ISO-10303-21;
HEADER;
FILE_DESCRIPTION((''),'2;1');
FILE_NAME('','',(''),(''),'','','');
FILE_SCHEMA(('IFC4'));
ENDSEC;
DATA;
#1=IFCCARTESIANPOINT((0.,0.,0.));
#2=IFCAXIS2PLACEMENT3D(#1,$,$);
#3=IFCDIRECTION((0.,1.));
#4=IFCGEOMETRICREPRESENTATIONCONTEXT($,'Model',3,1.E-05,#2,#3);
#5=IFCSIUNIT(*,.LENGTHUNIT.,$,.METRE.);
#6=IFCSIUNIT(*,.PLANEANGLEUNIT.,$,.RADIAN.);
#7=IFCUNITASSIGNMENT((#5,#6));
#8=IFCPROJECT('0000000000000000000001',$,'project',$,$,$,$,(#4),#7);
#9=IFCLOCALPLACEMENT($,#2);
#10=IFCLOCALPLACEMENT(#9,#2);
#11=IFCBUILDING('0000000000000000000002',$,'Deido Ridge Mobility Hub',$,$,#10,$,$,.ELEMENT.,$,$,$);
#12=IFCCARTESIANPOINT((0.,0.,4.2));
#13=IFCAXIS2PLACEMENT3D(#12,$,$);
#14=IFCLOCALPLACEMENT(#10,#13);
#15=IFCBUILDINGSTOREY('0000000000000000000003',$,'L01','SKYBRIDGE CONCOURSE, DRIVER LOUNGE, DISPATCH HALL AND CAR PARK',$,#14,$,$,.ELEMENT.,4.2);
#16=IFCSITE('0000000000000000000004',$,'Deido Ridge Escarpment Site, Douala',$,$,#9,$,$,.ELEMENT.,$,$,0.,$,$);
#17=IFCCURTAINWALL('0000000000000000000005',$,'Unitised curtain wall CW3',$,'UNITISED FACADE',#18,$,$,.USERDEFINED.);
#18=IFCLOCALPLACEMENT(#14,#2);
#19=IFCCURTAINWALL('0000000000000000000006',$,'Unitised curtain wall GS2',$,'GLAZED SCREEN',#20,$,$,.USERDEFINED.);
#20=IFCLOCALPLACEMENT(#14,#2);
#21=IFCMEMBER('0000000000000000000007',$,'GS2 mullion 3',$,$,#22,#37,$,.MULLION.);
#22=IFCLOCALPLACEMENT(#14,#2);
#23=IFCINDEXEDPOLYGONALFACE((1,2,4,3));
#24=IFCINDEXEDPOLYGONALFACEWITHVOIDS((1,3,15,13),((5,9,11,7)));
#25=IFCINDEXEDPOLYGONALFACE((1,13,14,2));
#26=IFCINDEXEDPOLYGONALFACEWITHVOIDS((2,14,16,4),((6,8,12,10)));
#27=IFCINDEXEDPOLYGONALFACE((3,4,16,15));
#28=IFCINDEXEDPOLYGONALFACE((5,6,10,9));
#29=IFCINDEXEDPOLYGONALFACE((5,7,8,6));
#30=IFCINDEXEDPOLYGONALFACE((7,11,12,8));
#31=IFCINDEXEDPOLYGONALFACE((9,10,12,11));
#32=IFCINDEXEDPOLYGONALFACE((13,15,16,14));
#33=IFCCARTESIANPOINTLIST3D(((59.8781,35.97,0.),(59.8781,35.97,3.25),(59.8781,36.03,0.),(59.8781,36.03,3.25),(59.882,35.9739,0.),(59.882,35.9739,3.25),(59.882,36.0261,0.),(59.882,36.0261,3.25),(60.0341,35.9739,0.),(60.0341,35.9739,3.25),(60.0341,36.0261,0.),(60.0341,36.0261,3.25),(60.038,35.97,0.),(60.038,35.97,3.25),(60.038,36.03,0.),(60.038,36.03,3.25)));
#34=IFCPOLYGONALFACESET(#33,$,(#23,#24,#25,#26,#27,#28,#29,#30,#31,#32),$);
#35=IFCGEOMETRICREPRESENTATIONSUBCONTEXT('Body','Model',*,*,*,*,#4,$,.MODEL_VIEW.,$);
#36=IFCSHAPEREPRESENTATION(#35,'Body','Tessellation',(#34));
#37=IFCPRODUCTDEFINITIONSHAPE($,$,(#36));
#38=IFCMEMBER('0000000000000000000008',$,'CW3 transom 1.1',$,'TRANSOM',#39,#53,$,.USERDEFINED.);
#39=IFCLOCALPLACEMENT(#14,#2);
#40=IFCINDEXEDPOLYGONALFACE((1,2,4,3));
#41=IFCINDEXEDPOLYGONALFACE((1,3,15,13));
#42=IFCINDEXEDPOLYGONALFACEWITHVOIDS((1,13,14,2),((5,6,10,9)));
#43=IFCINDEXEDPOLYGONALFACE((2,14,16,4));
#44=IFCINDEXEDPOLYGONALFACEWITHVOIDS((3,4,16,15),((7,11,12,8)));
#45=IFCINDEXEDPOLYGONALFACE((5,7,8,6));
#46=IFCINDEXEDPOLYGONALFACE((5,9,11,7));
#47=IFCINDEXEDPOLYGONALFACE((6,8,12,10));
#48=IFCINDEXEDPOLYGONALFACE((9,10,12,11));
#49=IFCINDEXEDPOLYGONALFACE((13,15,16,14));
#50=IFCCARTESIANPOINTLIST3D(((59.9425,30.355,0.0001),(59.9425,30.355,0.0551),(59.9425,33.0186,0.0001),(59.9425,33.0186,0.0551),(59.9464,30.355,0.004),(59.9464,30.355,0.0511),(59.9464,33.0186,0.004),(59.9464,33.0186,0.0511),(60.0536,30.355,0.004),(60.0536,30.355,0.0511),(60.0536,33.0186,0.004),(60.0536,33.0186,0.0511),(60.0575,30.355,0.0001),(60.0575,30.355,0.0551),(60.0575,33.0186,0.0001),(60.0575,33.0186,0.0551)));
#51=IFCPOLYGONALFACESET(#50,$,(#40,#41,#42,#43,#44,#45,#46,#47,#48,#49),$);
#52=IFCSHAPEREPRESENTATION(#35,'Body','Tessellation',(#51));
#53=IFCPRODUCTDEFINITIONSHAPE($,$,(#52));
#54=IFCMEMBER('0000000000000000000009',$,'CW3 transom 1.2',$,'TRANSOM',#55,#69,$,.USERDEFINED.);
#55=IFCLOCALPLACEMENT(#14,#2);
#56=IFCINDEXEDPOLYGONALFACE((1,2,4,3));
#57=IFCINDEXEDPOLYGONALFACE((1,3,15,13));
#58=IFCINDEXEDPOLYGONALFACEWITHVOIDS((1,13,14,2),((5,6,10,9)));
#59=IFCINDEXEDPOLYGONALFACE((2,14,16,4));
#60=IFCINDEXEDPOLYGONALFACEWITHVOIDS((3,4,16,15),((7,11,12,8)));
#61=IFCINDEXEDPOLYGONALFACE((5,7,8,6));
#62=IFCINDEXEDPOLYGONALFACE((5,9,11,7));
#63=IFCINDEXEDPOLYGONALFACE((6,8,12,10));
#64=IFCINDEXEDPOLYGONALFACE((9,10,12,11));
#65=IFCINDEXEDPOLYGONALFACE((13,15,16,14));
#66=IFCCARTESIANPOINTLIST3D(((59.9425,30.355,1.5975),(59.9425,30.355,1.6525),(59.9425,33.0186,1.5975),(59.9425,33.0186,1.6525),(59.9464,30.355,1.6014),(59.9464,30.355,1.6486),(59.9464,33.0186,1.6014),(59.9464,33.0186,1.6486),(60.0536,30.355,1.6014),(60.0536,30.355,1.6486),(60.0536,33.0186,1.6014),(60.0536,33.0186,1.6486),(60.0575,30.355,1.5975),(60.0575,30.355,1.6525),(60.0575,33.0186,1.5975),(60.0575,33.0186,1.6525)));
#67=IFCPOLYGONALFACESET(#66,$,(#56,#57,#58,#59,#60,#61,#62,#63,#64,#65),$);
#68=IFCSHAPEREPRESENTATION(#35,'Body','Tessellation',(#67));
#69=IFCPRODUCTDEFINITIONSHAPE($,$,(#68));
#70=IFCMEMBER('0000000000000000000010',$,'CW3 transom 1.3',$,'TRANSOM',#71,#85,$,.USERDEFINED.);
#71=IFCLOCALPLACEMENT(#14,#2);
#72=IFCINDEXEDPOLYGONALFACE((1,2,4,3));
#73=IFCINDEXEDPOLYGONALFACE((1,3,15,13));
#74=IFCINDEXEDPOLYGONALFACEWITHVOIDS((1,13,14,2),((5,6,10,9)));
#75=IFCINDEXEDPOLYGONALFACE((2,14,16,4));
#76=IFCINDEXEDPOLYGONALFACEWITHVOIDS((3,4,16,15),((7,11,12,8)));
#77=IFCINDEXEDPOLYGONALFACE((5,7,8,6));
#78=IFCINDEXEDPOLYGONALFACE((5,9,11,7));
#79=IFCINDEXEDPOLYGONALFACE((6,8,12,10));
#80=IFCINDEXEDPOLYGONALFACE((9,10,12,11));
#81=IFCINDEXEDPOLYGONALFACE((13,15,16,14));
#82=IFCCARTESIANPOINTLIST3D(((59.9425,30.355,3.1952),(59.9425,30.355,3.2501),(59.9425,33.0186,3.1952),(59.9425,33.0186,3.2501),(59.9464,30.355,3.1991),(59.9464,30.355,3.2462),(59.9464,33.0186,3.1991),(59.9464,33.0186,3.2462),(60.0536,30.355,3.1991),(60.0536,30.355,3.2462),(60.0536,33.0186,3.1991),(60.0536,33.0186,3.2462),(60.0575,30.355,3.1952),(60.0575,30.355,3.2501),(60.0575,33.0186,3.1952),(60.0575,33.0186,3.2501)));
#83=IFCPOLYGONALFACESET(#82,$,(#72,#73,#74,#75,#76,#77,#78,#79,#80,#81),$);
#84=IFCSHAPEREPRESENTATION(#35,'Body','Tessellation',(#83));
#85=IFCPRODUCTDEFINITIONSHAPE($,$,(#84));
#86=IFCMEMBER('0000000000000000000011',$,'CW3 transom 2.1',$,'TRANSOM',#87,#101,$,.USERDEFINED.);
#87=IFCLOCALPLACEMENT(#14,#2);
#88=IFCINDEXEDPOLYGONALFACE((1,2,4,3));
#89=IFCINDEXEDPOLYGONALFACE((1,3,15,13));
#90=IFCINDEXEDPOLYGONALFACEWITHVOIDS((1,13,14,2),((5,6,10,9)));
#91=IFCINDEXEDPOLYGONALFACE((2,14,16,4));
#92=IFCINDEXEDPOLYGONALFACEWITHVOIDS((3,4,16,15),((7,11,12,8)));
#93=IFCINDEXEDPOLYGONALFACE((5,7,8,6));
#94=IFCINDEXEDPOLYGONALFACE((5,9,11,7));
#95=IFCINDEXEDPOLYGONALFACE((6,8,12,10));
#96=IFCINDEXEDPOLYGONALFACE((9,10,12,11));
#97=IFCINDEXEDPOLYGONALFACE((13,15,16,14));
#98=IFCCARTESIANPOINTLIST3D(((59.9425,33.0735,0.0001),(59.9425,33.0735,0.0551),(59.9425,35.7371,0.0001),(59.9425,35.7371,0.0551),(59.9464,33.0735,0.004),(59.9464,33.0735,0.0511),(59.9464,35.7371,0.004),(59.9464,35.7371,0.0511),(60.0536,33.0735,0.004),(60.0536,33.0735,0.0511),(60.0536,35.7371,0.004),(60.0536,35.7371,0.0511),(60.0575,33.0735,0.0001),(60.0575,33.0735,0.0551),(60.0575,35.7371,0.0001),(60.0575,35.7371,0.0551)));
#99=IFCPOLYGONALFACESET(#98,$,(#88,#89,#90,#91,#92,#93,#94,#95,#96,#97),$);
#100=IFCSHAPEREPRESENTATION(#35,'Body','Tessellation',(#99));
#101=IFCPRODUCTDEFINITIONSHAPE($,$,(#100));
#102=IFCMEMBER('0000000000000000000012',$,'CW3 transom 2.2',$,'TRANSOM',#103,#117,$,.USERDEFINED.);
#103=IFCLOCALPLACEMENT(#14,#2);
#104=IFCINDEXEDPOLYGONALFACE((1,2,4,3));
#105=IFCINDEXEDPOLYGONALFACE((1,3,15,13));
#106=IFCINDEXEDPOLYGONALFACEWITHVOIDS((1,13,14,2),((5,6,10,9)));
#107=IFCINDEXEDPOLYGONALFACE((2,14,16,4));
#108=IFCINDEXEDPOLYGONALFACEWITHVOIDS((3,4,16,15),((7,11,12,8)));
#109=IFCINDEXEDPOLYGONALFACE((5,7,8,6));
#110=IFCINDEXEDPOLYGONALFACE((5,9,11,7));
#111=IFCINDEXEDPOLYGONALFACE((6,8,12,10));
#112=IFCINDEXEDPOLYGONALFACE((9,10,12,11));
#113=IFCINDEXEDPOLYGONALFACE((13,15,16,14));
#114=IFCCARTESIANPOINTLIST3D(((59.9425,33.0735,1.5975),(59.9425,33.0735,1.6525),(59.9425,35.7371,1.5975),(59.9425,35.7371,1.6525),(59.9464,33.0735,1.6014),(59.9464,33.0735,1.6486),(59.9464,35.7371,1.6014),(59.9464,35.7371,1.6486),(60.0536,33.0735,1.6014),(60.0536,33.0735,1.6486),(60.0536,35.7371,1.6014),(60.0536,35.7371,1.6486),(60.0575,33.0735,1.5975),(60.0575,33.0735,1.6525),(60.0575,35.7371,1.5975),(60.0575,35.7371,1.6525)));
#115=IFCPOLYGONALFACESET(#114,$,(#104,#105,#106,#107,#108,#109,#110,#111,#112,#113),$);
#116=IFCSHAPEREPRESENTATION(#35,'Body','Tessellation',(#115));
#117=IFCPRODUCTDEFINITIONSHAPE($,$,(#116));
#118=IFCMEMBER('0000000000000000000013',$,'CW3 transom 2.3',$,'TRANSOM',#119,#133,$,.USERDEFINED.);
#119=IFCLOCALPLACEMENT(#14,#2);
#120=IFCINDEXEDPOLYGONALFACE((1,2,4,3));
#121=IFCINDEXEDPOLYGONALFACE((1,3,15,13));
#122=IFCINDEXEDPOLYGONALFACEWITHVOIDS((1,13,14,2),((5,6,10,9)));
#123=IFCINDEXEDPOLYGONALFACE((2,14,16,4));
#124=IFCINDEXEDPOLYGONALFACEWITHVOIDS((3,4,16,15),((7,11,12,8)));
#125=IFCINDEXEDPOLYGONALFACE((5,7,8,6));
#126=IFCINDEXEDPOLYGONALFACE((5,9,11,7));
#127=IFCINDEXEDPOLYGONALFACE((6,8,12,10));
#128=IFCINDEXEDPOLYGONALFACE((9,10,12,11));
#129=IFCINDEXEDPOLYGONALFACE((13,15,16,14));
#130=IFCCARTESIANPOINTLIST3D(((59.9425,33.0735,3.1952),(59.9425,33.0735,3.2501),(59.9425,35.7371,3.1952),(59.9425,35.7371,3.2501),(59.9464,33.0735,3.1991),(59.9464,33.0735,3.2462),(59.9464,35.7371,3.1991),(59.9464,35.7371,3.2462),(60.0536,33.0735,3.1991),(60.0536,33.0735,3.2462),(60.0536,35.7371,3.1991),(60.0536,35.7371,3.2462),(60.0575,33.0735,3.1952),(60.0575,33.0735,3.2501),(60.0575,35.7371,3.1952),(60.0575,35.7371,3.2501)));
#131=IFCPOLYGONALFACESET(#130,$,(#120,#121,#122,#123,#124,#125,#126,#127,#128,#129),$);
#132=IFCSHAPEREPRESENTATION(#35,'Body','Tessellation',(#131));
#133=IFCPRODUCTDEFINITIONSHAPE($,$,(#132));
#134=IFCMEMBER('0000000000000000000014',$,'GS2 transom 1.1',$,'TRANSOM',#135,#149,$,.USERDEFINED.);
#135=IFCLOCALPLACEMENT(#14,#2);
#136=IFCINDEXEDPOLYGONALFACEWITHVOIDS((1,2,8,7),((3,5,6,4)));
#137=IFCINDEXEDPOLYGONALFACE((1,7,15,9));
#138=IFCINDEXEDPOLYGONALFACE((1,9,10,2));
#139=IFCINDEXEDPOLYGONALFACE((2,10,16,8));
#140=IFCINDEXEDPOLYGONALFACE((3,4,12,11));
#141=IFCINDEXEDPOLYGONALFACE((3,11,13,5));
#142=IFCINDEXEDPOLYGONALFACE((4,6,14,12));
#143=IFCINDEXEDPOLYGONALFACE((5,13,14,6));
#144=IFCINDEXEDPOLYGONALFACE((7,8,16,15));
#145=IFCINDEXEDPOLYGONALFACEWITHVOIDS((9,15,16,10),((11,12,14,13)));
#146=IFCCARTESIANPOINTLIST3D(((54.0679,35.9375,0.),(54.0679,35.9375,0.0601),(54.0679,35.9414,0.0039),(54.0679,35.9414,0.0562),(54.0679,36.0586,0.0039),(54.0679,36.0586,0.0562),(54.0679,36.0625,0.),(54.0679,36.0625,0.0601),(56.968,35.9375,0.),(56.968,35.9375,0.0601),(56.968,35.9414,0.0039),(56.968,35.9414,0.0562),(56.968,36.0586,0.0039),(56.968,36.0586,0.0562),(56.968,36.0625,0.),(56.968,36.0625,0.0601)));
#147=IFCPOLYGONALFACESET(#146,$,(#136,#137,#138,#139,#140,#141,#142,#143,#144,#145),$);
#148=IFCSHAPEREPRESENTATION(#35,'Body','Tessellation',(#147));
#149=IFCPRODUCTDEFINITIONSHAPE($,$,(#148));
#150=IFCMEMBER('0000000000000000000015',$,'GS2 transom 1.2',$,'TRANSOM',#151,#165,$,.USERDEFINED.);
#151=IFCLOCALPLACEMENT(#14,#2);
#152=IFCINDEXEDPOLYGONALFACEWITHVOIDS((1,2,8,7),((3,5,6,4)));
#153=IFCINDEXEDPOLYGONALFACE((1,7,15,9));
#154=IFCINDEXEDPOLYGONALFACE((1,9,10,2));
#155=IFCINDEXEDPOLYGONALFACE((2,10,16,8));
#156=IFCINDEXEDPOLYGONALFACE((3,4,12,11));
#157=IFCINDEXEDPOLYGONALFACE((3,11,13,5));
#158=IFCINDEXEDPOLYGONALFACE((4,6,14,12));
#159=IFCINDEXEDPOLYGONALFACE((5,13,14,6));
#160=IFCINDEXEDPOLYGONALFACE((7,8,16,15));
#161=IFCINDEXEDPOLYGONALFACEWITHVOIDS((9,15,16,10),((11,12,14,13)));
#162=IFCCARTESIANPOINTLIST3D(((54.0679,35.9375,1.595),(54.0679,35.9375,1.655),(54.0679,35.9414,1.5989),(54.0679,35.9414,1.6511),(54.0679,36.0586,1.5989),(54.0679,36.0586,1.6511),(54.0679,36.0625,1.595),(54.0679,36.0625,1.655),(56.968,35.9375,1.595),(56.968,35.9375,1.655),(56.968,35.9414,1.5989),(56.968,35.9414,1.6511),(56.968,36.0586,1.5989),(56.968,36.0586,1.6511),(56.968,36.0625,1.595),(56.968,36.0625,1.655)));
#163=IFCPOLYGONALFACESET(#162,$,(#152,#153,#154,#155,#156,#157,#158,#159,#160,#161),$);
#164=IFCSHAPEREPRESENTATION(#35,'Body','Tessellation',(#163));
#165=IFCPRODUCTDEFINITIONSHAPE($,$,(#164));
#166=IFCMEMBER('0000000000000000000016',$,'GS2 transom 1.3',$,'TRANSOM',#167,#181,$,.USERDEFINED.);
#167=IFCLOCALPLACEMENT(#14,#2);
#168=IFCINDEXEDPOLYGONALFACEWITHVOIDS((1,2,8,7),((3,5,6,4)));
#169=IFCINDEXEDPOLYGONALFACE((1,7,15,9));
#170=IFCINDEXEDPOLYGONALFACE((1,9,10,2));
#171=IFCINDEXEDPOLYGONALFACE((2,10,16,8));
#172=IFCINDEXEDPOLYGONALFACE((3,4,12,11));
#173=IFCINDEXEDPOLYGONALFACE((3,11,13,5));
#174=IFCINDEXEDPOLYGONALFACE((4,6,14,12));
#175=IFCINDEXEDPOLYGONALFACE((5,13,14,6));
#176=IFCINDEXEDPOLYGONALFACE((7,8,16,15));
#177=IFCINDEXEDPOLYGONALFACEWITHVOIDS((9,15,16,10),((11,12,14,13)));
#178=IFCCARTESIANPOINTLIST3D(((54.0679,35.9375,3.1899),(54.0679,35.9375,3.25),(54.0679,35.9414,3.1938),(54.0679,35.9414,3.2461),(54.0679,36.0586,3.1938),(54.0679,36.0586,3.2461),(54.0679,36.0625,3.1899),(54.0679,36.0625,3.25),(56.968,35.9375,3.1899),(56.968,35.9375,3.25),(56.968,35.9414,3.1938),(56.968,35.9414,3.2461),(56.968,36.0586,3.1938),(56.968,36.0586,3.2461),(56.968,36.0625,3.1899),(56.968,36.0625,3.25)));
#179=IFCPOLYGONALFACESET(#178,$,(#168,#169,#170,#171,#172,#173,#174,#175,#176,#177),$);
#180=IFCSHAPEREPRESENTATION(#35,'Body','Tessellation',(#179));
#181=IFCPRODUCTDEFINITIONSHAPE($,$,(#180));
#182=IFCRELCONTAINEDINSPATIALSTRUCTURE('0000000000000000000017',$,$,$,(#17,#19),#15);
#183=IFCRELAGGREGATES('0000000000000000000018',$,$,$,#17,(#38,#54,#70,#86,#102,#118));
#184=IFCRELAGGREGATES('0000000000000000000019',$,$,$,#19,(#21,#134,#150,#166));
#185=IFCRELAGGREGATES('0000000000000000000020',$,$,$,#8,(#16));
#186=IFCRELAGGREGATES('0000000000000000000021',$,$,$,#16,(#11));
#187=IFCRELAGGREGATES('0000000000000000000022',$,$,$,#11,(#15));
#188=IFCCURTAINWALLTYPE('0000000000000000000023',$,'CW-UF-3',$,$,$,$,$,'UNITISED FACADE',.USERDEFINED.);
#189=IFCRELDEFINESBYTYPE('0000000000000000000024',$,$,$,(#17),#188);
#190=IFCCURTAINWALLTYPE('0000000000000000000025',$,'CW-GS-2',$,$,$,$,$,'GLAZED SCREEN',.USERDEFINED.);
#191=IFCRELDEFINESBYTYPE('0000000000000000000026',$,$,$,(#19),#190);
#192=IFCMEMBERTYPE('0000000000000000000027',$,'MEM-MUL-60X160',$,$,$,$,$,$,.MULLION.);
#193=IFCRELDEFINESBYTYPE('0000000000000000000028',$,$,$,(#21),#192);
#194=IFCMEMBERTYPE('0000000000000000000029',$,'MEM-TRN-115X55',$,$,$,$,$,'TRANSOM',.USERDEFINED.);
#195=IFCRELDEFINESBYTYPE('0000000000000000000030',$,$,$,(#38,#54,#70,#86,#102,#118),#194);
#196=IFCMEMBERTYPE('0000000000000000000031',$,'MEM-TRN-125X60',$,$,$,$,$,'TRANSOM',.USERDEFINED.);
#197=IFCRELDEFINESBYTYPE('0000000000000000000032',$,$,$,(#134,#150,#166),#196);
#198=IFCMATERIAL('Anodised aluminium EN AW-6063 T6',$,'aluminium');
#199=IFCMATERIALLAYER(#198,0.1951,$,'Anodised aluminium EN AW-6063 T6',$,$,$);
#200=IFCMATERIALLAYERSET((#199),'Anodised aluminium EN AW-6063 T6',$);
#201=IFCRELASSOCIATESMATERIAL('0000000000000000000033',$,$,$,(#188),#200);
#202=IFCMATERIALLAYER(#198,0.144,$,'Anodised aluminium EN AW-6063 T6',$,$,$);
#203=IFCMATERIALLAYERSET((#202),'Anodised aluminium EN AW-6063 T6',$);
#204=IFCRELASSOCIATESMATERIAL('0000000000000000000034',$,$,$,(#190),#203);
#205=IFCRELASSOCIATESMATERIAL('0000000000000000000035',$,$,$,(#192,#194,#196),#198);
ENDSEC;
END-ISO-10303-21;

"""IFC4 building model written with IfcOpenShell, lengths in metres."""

from ifc_helpers import new_model, si_unit, direction, frame, origin, origin_2d, place, context, subcontext, project, spatial, hollow_rectangle, extrude, material, layer, layer_set, material_profile, profile_set, type_object, element, aggregate, save


model = new_model("IFC4")

# Units and contexts
model_context = context("Model", 3, precision=1e-05, world=origin(), true_north=direction((0.0, 1.0)))
body_context = subcontext(model_context, "Body", "Model", "MODEL_VIEW")
ifc_project = project(units=[si_unit("LENGTHUNIT", "METRE"), si_unit("PLANEANGLEUNIT", "RADIAN")], contexts=[model_context])

# Site, building, storey
site_placement = place(None, origin())
site = spatial("IfcSite", under=ifc_project, at=site_placement, Name="Deido Ridge Escarpment Site, Douala", CompositionType="ELEMENT", RefElevation=0.0)
building_placement = place(site_placement, origin())
building = spatial("IfcBuilding", under=site, at=building_placement, Name="Deido Ridge Mobility Hub", CompositionType="ELEMENT")
storey_placement = place(building_placement, frame((0.0, 0.0, 4.2)))
storey = spatial("IfcBuildingStorey", under=building, at=storey_placement, Name="L01", Description="SKYBRIDGE CONCOURSE, DRIVER LOUNGE, DISPATCH HALL AND CAR PARK", CompositionType="ELEMENT", Elevation=4.2)

# Curtain walls, member
ifc_material_1 = material(Name="Anodised aluminium EN AW-6063 T6", Category="aluminium")
ifc_layer_1 = layer(ifc_material_1, 0.1951, Name="Anodised aluminium EN AW-6063 T6")
ifc_layer_set_1 = layer_set([ifc_layer_1], Name="Anodised aluminium EN AW-6063 T6")
curtain_wall_type_1 = type_object("IfcCurtainWallType", Name="CW-UF-3", ElementType="UNITISED FACADE", PredefinedType="USERDEFINED", material=ifc_layer_set_1)
curtain_wall_1_placement = place(storey_placement, origin())
curtain_wall_1 = element("IfcCurtainWall", 1, at=curtain_wall_1_placement, inside=storey, type_object=curtain_wall_type_1, Name="Unitised curtain wall CW3", ObjectType="UNITISED FACADE", PredefinedType="USERDEFINED")
ifc_layer_2 = layer(ifc_material_1, 0.144, Name="Anodised aluminium EN AW-6063 T6")
ifc_layer_set_2 = layer_set([ifc_layer_2], Name="Anodised aluminium EN AW-6063 T6")
curtain_wall_type_2 = type_object("IfcCurtainWallType", Name="CW-GS-2", ElementType="GLAZED SCREEN", PredefinedType="USERDEFINED", material=ifc_layer_set_2)
curtain_wall_2_placement = place(storey_placement, origin())
curtain_wall_2 = element("IfcCurtainWall", 2, at=curtain_wall_2_placement, inside=storey, type_object=curtain_wall_type_2, Name="Unitised curtain wall GS2", ObjectType="GLAZED SCREEN", PredefinedType="USERDEFINED")
ifc_material_profile_1 = material_profile(ifc_material_1, hollow_rectangle(XDim=0.0601, YDim=0.1599, WallThickness=0.0039, at=origin_2d()), Name="RHS 60x160x4")
ifc_profile_set_1 = profile_set([ifc_material_profile_1], Name="Anodised aluminium EN AW-6063 T6")
member_type_1 = type_object("IfcMemberType", Name="MEM-MUL-60X160", PredefinedType="MULLION", material=ifc_profile_set_1)
member_1_placement = place(storey_placement, frame((59.958, 36.0, 0.0), z_axis=(0.0, 0.0, 1.0), x_axis=(0.0, 1.0, 0.0)))
member_1 = element("IfcMember", 3, at=member_1_placement, type_object=member_type_1, Name="GS2 mullion 3", PredefinedType="MULLION", context=body_context, shape_type="SweptSolid", body=[
    extrude(hollow_rectangle(XDim=0.0601, YDim=0.1599, WallThickness=0.0039, at=origin_2d()), origin(), (0.0, 0.0, 1.0), 3.25),
])

# Members
ifc_material_profile_2 = material_profile(ifc_material_1, hollow_rectangle(XDim=0.115, YDim=0.0549, WallThickness=0.0039, at=origin_2d()), Name="RHS 115x55x4")
ifc_profile_set_2 = profile_set([ifc_material_profile_2], Name="Anodised aluminium EN AW-6063 T6")
member_type_2 = type_object("IfcMemberType", Name="MEM-TRN-115X55", ElementType="TRANSOM", PredefinedType="USERDEFINED", material=ifc_profile_set_2)
member_2_placement = place(storey_placement, frame((60.0, 30.355, 0.0276), z_axis=(0.0, 1.0, 0.0), x_axis=(-1.0, 0.0, 0.0)))
member_2 = element("IfcMember", 4, at=member_2_placement, type_object=member_type_2, Name="CW3 transom 1.1", ObjectType="TRANSOM", PredefinedType="USERDEFINED", context=body_context, shape_type="SweptSolid", body=[
    extrude(hollow_rectangle(XDim=0.115, YDim=0.0549, WallThickness=0.0039, at=origin_2d()), origin(), (0.0, 0.0, 1.0), 2.6636),
])
member_3_placement = place(storey_placement, frame((60.0, 30.355, 1.625), z_axis=(0.0, 1.0, 0.0), x_axis=(-1.0, 0.0, 0.0)))
member_3 = element("IfcMember", 5, at=member_3_placement, type_object=member_type_2, Name="CW3 transom 1.2", ObjectType="TRANSOM", PredefinedType="USERDEFINED", context=body_context, shape_type="SweptSolid", body=[
    extrude(hollow_rectangle(XDim=0.115, YDim=0.0549, WallThickness=0.0039, at=origin_2d()), origin(), (0.0, 0.0, 1.0), 2.6636),
])
member_4_placement = place(storey_placement, frame((60.0, 30.355, 3.2227), z_axis=(0.0, 1.0, 0.0), x_axis=(-1.0, 0.0, 0.0)))
member_4 = element("IfcMember", 6, at=member_4_placement, type_object=member_type_2, Name="CW3 transom 1.3", ObjectType="TRANSOM", PredefinedType="USERDEFINED", context=body_context, shape_type="SweptSolid", body=[
    extrude(hollow_rectangle(XDim=0.115, YDim=0.0549, WallThickness=0.0039, at=origin_2d()), origin(), (0.0, 0.0, 1.0), 2.6636),
])
member_5_placement = place(storey_placement, frame((60.0, 33.0735, 0.0276), z_axis=(0.0, 1.0, 0.0), x_axis=(-1.0, 0.0, 0.0)))
member_5 = element("IfcMember", 7, at=member_5_placement, type_object=member_type_2, Name="CW3 transom 2.1", ObjectType="TRANSOM", PredefinedType="USERDEFINED", context=body_context, shape_type="SweptSolid", body=[
    extrude(hollow_rectangle(XDim=0.115, YDim=0.0549, WallThickness=0.0039, at=origin_2d()), origin(), (0.0, 0.0, 1.0), 2.6636),
])
member_6_placement = place(storey_placement, frame((60.0, 33.0735, 1.625), z_axis=(0.0, 1.0, 0.0), x_axis=(-1.0, 0.0, 0.0)))
member_6 = element("IfcMember", 8, at=member_6_placement, type_object=member_type_2, Name="CW3 transom 2.2", ObjectType="TRANSOM", PredefinedType="USERDEFINED", context=body_context, shape_type="SweptSolid", body=[
    extrude(hollow_rectangle(XDim=0.115, YDim=0.0549, WallThickness=0.0039, at=origin_2d()), origin(), (0.0, 0.0, 1.0), 2.6636),
])
member_7_placement = place(storey_placement, frame((60.0, 33.0735, 3.2227), z_axis=(0.0, 1.0, 0.0), x_axis=(-1.0, 0.0, 0.0)))
member_7 = element("IfcMember", 9, at=member_7_placement, type_object=member_type_2, Name="CW3 transom 2.3", ObjectType="TRANSOM", PredefinedType="USERDEFINED", context=body_context, shape_type="SweptSolid", body=[
    extrude(hollow_rectangle(XDim=0.115, YDim=0.0549, WallThickness=0.0039, at=origin_2d()), origin(), (0.0, 0.0, 1.0), 2.6636),
])
ifc_material_profile_3 = material_profile(ifc_material_1, hollow_rectangle(XDim=0.125, YDim=0.0601, WallThickness=0.0039, at=origin_2d()), Name="RHS 125x60x4")
ifc_profile_set_3 = profile_set([ifc_material_profile_3], Name="Anodised aluminium EN AW-6063 T6")
member_type_3 = type_object("IfcMemberType", Name="MEM-TRN-125X60", ElementType="TRANSOM", PredefinedType="USERDEFINED", material=ifc_profile_set_3)
member_8_placement = place(storey_placement, frame((54.0679, 36.0, 0.03), z_axis=(1.0, 0.0, 0.0), x_axis=(0.0, 1.0, 0.0)))
member_8 = element("IfcMember", 10, at=member_8_placement, type_object=member_type_3, Name="GS2 transom 1.1", ObjectType="TRANSOM", PredefinedType="USERDEFINED", context=body_context, shape_type="SweptSolid", body=[
    extrude(hollow_rectangle(XDim=0.125, YDim=0.0601, WallThickness=0.0039, at=origin_2d()), origin(), (0.0, 0.0, 1.0), 2.9001),
])
member_9_placement = place(storey_placement, frame((54.0679, 36.0, 1.625), z_axis=(1.0, 0.0, 0.0), x_axis=(0.0, 1.0, 0.0)))
member_9 = element("IfcMember", 11, at=member_9_placement, type_object=member_type_3, Name="GS2 transom 1.2", ObjectType="TRANSOM", PredefinedType="USERDEFINED", context=body_context, shape_type="SweptSolid", body=[
    extrude(hollow_rectangle(XDim=0.125, YDim=0.0601, WallThickness=0.0039, at=origin_2d()), origin(), (0.0, 0.0, 1.0), 2.9001),
])
member_10_placement = place(storey_placement, frame((54.0679, 36.0, 3.22), z_axis=(1.0, 0.0, 0.0), x_axis=(0.0, 1.0, 0.0)))
member_10 = element("IfcMember", 12, at=member_10_placement, type_object=member_type_3, Name="GS2 transom 1.3", ObjectType="TRANSOM", PredefinedType="USERDEFINED", context=body_context, shape_type="SweptSolid", body=[
    extrude(hollow_rectangle(XDim=0.125, YDim=0.0601, WallThickness=0.0039, at=origin_2d()), origin(), (0.0, 0.0, 1.0), 2.9001),
])

aggregate(curtain_wall_1, [member_2, member_3, member_4, member_5, member_6, member_7])
aggregate(curtain_wall_2, [member_1, member_8, member_9, member_10])

save(model, "model.ifc")
